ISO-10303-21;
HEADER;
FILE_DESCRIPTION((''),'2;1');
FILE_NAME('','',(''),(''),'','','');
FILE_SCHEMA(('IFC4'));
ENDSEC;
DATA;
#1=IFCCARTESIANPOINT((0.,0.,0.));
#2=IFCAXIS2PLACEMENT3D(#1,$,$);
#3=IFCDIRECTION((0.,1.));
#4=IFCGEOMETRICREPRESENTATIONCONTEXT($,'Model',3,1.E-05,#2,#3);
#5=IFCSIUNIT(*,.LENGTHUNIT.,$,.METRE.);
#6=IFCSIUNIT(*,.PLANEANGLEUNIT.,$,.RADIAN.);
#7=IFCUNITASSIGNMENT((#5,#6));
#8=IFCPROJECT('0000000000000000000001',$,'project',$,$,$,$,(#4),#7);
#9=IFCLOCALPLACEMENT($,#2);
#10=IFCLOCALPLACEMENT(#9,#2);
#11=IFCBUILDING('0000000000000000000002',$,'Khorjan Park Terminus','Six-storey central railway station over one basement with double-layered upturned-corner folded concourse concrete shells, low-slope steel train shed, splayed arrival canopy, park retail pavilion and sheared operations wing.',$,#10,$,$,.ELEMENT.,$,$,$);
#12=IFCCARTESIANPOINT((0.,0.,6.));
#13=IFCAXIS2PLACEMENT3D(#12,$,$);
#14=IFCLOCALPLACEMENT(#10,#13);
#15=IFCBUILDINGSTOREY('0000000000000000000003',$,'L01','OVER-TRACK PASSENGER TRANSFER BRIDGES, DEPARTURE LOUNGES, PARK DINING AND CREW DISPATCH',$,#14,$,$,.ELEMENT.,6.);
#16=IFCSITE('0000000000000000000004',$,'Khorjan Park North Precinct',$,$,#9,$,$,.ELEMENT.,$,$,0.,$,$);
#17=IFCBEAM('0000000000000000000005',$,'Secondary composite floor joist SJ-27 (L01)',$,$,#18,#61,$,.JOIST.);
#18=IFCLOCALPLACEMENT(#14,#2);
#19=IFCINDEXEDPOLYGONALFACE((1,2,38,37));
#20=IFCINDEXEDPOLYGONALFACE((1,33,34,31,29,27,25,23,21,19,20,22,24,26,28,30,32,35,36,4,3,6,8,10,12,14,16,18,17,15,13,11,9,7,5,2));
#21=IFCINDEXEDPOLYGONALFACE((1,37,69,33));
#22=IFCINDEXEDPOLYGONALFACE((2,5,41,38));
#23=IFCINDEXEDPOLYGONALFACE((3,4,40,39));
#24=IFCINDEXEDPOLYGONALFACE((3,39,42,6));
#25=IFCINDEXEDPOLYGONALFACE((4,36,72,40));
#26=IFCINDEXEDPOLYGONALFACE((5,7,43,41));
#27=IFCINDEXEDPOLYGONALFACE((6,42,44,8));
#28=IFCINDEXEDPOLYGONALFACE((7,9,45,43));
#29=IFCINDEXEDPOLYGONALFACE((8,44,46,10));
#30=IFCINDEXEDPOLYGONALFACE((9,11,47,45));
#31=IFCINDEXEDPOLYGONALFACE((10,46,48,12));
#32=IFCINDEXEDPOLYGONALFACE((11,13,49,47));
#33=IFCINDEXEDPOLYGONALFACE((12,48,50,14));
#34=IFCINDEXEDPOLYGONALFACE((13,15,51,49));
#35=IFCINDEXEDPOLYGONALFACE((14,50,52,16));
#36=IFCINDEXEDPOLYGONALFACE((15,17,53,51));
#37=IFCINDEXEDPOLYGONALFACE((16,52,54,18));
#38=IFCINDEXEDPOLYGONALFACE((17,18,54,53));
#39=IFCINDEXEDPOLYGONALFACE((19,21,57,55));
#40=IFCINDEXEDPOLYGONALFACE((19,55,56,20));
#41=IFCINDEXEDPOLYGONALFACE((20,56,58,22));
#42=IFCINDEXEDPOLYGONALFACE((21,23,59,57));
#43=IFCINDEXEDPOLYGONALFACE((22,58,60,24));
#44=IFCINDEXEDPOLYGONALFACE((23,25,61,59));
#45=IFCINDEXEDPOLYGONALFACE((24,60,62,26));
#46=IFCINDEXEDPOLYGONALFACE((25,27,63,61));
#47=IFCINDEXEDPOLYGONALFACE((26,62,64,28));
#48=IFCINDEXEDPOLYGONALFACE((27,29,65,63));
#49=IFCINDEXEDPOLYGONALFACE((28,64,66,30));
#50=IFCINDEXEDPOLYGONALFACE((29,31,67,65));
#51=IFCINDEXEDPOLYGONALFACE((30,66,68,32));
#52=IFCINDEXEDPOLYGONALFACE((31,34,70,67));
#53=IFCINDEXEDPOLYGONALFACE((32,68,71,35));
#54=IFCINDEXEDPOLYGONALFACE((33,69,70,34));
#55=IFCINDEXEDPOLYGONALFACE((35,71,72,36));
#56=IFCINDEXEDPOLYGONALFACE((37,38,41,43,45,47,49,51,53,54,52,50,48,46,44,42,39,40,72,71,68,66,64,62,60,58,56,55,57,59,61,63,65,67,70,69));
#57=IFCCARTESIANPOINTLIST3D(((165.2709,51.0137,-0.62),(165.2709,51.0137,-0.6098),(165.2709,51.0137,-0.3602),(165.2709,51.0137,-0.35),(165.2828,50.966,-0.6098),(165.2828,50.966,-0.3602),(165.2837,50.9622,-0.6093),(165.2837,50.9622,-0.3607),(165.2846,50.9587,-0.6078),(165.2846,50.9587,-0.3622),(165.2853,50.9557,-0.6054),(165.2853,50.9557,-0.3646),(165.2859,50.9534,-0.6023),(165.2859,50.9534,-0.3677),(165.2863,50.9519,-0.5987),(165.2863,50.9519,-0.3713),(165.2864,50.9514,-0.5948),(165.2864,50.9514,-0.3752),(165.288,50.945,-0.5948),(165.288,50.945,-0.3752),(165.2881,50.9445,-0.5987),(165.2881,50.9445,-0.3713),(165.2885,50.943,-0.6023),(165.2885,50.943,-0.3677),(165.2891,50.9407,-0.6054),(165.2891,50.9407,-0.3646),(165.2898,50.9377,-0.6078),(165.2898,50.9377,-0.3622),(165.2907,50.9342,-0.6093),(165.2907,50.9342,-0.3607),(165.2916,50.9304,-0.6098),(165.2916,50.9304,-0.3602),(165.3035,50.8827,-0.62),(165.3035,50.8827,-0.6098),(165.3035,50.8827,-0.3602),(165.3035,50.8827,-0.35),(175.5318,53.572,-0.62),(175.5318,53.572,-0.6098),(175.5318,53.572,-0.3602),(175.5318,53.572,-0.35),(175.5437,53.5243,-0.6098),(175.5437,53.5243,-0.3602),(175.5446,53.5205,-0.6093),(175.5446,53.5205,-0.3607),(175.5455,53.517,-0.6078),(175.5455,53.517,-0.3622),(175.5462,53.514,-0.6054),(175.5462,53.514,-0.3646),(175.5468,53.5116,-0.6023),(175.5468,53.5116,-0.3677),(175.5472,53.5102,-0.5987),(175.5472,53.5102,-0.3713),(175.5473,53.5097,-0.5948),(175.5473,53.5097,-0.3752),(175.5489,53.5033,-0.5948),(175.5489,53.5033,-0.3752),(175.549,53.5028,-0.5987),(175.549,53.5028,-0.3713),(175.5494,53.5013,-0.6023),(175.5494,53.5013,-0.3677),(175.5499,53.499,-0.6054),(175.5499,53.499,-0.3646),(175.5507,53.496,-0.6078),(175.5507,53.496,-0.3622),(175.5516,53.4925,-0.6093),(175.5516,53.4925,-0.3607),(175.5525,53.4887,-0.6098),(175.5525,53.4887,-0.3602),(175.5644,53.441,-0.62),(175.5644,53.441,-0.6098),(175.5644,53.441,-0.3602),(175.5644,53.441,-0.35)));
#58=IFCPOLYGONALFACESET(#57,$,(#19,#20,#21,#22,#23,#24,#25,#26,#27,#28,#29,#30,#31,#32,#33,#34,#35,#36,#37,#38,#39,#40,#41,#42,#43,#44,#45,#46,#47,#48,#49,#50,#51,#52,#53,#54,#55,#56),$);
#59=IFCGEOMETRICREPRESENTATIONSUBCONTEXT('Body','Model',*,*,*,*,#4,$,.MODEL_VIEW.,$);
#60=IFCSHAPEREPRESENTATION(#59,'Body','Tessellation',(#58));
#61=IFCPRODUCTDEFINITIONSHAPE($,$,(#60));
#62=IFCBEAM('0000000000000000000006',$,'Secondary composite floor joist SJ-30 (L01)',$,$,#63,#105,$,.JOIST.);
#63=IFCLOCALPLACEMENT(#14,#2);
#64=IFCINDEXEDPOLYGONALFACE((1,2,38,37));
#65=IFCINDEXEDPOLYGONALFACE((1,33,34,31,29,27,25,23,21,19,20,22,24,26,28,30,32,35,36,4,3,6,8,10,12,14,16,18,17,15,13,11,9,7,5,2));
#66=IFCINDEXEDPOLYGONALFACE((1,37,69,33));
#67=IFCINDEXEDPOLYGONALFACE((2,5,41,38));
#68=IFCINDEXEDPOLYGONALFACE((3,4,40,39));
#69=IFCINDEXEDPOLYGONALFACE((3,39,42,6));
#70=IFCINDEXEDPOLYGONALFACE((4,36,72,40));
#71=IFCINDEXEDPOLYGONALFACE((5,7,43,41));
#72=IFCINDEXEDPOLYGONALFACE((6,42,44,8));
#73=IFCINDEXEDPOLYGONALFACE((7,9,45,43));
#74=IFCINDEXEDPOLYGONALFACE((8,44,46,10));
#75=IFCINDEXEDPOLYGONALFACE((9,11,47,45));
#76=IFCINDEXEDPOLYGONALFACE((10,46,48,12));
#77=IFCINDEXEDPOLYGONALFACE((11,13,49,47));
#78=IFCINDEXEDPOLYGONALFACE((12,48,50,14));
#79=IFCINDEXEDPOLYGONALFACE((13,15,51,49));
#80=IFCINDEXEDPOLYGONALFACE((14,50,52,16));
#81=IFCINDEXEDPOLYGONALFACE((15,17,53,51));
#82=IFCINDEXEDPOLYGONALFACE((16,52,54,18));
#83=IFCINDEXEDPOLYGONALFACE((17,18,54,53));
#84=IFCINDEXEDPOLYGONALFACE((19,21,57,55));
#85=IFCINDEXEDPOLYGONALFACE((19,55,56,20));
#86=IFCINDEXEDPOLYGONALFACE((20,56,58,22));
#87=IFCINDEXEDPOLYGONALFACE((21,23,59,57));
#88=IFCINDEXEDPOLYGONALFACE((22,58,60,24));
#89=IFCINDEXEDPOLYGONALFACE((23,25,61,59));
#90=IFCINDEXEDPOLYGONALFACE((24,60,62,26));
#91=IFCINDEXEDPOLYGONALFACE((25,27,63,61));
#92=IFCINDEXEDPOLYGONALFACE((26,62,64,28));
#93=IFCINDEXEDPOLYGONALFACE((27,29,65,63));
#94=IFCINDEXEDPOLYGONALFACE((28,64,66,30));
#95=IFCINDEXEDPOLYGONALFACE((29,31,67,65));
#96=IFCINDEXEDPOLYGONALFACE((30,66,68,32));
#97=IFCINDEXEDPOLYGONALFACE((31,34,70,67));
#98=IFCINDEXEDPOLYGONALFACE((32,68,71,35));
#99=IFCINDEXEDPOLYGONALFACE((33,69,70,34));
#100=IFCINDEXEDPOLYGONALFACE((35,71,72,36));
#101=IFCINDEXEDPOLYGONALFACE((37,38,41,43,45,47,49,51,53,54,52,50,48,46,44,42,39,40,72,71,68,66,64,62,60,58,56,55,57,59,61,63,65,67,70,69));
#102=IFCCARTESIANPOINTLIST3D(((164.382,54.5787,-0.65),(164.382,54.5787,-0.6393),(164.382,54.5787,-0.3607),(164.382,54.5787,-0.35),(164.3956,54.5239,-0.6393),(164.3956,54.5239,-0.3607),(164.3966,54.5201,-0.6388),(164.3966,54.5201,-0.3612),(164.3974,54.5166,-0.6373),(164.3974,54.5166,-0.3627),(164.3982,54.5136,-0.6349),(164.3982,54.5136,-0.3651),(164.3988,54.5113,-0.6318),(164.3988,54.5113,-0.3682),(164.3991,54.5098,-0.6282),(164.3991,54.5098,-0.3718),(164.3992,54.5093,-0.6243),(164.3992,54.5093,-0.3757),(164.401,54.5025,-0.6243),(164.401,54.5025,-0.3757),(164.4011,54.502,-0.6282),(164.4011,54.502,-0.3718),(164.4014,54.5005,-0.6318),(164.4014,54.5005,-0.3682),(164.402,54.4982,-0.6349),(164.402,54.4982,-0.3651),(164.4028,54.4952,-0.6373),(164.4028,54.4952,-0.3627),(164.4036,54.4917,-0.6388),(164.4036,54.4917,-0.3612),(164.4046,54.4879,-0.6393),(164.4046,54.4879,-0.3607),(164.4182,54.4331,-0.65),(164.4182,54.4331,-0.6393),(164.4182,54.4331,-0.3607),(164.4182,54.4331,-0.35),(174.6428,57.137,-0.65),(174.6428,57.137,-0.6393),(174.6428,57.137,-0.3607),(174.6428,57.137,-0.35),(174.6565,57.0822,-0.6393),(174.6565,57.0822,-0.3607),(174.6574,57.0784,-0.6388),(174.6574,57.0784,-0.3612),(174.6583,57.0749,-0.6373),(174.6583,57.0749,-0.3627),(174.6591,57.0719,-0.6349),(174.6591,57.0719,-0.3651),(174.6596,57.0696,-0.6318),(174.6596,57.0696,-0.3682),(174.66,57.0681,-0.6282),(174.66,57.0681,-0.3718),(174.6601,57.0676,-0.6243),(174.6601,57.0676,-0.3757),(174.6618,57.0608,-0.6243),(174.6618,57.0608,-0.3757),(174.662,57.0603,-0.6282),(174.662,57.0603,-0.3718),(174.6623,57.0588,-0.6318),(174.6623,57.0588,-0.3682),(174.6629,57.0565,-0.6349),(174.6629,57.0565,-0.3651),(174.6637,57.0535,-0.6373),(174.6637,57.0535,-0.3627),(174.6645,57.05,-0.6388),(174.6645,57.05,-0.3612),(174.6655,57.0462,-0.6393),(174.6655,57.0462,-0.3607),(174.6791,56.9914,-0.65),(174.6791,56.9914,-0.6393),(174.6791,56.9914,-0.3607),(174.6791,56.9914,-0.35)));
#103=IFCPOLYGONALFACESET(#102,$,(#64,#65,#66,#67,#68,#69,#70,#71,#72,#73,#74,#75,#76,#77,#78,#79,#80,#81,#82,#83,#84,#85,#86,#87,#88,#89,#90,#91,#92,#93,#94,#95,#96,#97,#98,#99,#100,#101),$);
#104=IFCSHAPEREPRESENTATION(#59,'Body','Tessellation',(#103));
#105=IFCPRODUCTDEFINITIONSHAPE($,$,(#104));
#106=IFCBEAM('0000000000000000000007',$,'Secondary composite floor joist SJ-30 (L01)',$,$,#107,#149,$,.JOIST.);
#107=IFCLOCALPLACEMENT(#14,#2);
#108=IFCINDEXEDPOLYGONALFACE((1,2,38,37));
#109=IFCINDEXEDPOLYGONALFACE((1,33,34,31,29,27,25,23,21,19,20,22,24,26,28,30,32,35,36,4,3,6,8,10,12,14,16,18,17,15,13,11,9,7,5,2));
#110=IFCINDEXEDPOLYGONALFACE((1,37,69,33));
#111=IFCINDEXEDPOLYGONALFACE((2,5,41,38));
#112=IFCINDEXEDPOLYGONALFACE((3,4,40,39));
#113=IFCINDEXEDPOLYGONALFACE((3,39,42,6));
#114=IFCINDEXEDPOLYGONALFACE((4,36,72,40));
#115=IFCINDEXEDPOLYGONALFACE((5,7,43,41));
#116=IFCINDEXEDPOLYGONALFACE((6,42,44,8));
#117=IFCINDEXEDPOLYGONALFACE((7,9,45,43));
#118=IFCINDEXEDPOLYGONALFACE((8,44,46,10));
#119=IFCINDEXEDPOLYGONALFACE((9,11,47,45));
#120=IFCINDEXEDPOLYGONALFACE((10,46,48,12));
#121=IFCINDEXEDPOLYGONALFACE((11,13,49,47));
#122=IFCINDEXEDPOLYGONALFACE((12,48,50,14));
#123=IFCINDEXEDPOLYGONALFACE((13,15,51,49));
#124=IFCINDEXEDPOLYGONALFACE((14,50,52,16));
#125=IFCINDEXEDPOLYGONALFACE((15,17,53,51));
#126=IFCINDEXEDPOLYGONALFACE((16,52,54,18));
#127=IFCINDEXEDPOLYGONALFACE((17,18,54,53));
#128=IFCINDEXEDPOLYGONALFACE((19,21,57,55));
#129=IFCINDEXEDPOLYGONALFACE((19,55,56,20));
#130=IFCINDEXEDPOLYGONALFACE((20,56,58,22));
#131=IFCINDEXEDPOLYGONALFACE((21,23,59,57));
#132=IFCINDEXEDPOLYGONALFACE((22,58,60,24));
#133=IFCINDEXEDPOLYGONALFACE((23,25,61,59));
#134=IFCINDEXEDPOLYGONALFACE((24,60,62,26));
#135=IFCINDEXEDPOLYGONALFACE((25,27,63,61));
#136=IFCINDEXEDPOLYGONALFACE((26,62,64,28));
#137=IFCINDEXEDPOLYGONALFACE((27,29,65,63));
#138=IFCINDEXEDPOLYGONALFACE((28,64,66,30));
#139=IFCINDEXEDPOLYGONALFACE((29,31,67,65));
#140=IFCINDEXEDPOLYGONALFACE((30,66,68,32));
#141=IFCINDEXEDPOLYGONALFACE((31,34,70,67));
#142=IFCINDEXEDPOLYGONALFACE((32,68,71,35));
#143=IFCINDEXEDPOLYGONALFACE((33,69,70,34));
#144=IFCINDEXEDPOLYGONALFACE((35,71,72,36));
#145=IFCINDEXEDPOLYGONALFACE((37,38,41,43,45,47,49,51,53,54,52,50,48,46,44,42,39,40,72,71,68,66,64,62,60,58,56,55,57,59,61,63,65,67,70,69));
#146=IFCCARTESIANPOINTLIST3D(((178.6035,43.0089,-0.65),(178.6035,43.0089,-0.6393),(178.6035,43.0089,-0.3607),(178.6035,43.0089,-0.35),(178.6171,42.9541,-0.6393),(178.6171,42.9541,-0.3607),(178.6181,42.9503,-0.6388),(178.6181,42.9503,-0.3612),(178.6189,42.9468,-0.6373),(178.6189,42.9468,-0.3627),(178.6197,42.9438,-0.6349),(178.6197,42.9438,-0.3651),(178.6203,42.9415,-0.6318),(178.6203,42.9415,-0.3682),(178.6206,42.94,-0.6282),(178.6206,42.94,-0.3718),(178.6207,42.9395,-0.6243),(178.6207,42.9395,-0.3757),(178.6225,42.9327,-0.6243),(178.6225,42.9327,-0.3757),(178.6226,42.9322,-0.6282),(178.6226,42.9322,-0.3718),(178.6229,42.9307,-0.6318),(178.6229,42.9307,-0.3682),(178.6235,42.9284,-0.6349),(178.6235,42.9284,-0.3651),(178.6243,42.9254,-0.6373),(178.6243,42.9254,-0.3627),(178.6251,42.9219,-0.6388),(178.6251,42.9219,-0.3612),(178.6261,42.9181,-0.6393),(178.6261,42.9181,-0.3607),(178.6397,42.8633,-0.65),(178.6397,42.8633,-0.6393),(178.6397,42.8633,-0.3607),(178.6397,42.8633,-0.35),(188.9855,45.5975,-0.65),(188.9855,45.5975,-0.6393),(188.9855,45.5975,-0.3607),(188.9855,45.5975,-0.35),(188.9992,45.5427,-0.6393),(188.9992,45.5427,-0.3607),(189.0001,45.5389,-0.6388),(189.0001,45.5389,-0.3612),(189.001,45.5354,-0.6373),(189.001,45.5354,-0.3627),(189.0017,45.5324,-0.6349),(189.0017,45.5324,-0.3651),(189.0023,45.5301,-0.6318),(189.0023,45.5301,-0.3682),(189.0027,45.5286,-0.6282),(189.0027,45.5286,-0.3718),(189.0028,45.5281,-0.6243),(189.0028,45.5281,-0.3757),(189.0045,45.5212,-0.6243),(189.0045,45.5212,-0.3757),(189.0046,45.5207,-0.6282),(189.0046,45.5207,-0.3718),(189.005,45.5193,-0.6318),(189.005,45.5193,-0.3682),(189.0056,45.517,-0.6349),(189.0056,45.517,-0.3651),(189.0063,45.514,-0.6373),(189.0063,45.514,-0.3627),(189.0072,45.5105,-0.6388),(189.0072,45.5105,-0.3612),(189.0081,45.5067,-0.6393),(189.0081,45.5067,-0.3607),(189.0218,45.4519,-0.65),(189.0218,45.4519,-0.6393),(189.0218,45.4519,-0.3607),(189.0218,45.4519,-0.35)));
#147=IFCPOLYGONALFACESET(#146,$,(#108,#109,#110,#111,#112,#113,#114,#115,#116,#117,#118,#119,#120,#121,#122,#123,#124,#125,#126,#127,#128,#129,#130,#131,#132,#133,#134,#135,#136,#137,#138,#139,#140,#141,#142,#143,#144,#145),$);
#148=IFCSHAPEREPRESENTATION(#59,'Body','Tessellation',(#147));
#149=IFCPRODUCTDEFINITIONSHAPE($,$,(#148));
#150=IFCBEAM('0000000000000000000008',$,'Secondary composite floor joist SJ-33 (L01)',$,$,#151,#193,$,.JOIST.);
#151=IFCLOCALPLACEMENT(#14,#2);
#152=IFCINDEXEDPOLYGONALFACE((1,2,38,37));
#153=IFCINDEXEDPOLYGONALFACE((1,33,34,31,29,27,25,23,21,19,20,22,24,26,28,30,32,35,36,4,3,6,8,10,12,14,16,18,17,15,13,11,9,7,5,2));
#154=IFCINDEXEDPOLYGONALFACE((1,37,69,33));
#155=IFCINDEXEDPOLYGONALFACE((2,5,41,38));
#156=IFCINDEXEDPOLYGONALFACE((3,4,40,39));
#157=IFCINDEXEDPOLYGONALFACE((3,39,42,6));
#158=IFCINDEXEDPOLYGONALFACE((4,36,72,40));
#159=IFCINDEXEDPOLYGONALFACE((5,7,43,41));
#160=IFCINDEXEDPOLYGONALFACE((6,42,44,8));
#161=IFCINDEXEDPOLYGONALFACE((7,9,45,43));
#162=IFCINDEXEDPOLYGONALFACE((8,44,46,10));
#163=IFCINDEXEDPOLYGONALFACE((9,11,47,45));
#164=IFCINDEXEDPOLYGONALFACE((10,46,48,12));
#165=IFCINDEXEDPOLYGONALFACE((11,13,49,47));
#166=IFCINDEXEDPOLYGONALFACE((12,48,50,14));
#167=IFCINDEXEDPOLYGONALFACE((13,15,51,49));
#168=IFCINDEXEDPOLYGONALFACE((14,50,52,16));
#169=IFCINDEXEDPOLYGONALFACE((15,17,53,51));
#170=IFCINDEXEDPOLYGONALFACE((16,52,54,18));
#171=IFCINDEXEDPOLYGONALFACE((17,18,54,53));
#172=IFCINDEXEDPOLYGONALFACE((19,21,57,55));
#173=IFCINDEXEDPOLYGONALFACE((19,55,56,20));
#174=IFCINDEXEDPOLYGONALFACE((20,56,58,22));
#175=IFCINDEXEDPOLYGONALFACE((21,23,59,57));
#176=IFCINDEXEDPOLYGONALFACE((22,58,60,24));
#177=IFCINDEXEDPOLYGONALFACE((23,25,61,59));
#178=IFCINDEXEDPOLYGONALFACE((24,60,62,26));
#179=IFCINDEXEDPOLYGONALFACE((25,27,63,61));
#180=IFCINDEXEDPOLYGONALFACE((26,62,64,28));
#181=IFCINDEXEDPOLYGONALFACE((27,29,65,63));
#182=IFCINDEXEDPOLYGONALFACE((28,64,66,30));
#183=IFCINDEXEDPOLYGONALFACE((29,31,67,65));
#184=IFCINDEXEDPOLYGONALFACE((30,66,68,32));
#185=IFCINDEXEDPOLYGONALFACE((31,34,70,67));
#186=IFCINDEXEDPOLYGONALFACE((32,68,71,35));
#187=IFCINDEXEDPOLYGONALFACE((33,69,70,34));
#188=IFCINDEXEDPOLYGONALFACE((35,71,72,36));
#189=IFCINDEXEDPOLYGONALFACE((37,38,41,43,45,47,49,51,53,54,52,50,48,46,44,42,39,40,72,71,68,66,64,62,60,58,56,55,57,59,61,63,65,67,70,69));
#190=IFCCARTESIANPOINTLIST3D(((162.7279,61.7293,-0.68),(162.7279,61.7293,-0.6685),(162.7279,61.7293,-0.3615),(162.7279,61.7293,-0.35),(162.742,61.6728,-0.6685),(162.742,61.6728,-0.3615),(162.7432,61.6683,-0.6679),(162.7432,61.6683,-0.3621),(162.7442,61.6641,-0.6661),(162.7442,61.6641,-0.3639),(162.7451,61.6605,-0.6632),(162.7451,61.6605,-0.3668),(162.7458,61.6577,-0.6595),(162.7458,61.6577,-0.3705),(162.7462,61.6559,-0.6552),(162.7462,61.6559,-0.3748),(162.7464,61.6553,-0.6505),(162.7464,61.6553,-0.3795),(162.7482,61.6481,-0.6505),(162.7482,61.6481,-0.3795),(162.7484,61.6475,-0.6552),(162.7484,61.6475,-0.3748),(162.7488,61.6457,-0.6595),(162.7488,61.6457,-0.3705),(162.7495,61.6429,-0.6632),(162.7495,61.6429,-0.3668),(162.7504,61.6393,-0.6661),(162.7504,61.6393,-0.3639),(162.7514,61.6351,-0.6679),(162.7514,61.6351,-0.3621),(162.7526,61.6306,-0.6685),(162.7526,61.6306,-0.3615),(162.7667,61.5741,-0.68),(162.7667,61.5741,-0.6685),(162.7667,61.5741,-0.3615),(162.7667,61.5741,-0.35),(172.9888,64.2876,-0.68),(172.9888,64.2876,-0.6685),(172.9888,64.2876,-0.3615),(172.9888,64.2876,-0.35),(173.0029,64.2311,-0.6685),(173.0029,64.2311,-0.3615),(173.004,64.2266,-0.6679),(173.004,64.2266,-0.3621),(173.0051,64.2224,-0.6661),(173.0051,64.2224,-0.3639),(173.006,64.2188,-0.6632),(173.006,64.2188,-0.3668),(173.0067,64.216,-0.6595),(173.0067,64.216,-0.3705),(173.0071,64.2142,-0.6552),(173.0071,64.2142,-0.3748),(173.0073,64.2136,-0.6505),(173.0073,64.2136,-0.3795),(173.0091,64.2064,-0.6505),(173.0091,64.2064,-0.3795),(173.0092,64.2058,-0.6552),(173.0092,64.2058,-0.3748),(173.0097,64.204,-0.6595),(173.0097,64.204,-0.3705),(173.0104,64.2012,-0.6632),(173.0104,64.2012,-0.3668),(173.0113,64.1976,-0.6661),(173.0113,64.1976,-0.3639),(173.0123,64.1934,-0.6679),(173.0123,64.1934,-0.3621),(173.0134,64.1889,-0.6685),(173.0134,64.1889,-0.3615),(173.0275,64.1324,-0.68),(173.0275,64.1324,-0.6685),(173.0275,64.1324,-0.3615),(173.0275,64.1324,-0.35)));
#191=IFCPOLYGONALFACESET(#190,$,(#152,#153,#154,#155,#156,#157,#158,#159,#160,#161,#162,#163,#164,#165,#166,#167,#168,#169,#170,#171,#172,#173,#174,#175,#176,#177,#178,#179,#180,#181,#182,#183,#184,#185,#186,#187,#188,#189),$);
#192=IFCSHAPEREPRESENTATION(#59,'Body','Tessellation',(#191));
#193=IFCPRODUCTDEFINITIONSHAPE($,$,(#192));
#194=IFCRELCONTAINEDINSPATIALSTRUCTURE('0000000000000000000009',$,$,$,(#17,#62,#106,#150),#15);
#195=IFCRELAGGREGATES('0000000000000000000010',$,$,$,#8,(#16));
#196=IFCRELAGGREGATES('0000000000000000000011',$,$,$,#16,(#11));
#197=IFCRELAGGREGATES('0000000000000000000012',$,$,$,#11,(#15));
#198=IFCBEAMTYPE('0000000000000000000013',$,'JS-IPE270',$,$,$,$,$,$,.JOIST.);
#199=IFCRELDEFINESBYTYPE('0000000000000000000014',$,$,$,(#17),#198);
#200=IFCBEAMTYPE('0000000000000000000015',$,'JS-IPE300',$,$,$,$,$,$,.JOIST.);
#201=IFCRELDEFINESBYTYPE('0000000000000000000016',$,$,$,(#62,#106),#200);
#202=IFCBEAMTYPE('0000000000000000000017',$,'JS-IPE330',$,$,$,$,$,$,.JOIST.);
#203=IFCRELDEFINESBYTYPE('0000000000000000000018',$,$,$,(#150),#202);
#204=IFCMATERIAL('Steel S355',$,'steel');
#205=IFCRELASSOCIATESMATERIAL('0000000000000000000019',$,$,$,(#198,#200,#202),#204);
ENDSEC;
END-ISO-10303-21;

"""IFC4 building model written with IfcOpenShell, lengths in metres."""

from ifc_helpers import new_model, si_unit, direction, frame, origin, origin_2d, place, context, subcontext, project, spatial, i_section, extrude, material, material_profile, profile_set, type_object, element, save


model = new_model("IFC4")

# Units and contexts
model_context = context("Model", 3, precision=1e-05, world=origin(), true_north=direction((0.0, 1.0)))
body_context = subcontext(model_context, "Body", "Model", "MODEL_VIEW")
ifc_project = project(units=[si_unit("LENGTHUNIT", "METRE"), si_unit("PLANEANGLEUNIT", "RADIAN")], contexts=[model_context])

# Site, building, storey
site_placement = place(None, origin())
site = spatial("IfcSite", under=ifc_project, at=site_placement, Name="Khorjan Park North Precinct", CompositionType="ELEMENT", RefElevation=0.0)
building_placement = place(site_placement, origin())
building = spatial("IfcBuilding", under=site, at=building_placement, Name="Khorjan Park Terminus", Description="Six-storey central railway station over one basement with double-layered upturned-corner folded concourse concrete shells, low-slope steel train shed, splayed arrival canopy, park retail pavilion and sheared operations wing.", CompositionType="ELEMENT")
storey_placement = place(building_placement, frame((0.0, 0.0, 6.0)))
storey = spatial("IfcBuildingStorey", under=building, at=storey_placement, Name="L01", Description="OVER-TRACK PASSENGER TRANSFER BRIDGES, DEPARTURE LOUNGES, PARK DINING AND CREW DISPATCH", CompositionType="ELEMENT", Elevation=6.0)

# Beams
ifc_material_1 = material(Name="Steel S355", Category="steel")
ifc_material_profile_1 = material_profile(ifc_material_1, i_section(OverallWidth=0.135, OverallDepth=0.27, WebThickness=0.0066, FlangeThickness=0.0102, FilletRadius=0.015, at=origin_2d()), Name="IPE 270")
ifc_profile_set_1 = profile_set([ifc_material_profile_1], Name="Steel S355")
beam_type_1 = type_object("IfcBeamType", Name="JS-IPE270", PredefinedType="JOIST", material=ifc_profile_set_1)
beam_1_placement = place(storey_placement, frame((165.2872, 50.9482, -0.485), z_axis=(0.970296, 0.241919, 0.0), x_axis=(-0.241919, 0.970296, 0.0)))
element("IfcBeam", 1, at=beam_1_placement, inside=storey, type_object=beam_type_1, Name="Secondary composite floor joist SJ-27 (L01)", PredefinedType="JOIST", context=body_context, shape_type="SweptSolid", body=[
    extrude(i_section(OverallWidth=0.135, OverallDepth=0.27, WebThickness=0.0066, FlangeThickness=0.0102, FilletRadius=0.015, at=origin_2d()), origin(), (0.0, 0.0, 1.0), 10.575),
])
ifc_material_profile_2 = material_profile(ifc_material_1, i_section(OverallWidth=0.15, OverallDepth=0.3, WebThickness=0.0071, FlangeThickness=0.0107, FilletRadius=0.015, at=origin_2d()), Name="IPE 300")
ifc_profile_set_2 = profile_set([ifc_material_profile_2], Name="Steel S355")
beam_type_2 = type_object("IfcBeamType", Name="JS-IPE300", PredefinedType="JOIST", material=ifc_profile_set_2)
beam_2_placement = place(storey_placement, frame((164.4001, 54.5059, -0.5), z_axis=(0.970296, 0.241919, 0.0), x_axis=(-0.241919, 0.970296, 0.0)))
element("IfcBeam", 2, at=beam_2_placement, inside=storey, type_object=beam_type_2, Name="Secondary composite floor joist SJ-30 (L01)", PredefinedType="JOIST", context=body_context, shape_type="SweptSolid", body=[
    extrude(i_section(OverallWidth=0.15, OverallDepth=0.3, WebThickness=0.0071, FlangeThickness=0.0107, FilletRadius=0.015, at=origin_2d()), origin(), (0.0, 0.0, 1.0), 10.575),
])
beam_3_placement = place(storey_placement, frame((178.6216, 42.9361, -0.5), z_axis=(0.970295, 0.241926, 0.0), x_axis=(-0.241926, 0.970295, 0.0)))
element("IfcBeam", 3, at=beam_3_placement, inside=storey, type_object=beam_type_2, Name="Secondary composite floor joist SJ-30 (L01)", PredefinedType="JOIST", context=body_context, shape_type="SweptSolid", body=[
    extrude(i_section(OverallWidth=0.15, OverallDepth=0.3, WebThickness=0.0071, FlangeThickness=0.0107, FilletRadius=0.015, at=origin_2d()), origin(), (0.0, 0.0, 1.0), 10.6999),
])
ifc_material_profile_3 = material_profile(ifc_material_1, i_section(OverallWidth=0.16, OverallDepth=0.33, WebThickness=0.0075, FlangeThickness=0.0115, FilletRadius=0.018, at=origin_2d()), Name="IPE 330")
ifc_profile_set_3 = profile_set([ifc_material_profile_3], Name="Steel S355")
beam_type_3 = type_object("IfcBeamType", Name="JS-IPE330", PredefinedType="JOIST", material=ifc_profile_set_3)
beam_4_placement = place(storey_placement, frame((162.7473, 61.6517, -0.515), z_axis=(0.970296, 0.241919, 0.0), x_axis=(-0.241919, 0.970296, 0.0)))
element("IfcBeam", 4, at=beam_4_placement, inside=storey, type_object=beam_type_3, Name="Secondary composite floor joist SJ-33 (L01)", PredefinedType="JOIST", context=body_context, shape_type="SweptSolid", body=[
    extrude(i_section(OverallWidth=0.16, OverallDepth=0.33, WebThickness=0.0075, FlangeThickness=0.0115, FilletRadius=0.018, at=origin_2d()), origin(), (0.0, 0.0, 1.0), 10.575),
])

save(model, "model.ifc")
